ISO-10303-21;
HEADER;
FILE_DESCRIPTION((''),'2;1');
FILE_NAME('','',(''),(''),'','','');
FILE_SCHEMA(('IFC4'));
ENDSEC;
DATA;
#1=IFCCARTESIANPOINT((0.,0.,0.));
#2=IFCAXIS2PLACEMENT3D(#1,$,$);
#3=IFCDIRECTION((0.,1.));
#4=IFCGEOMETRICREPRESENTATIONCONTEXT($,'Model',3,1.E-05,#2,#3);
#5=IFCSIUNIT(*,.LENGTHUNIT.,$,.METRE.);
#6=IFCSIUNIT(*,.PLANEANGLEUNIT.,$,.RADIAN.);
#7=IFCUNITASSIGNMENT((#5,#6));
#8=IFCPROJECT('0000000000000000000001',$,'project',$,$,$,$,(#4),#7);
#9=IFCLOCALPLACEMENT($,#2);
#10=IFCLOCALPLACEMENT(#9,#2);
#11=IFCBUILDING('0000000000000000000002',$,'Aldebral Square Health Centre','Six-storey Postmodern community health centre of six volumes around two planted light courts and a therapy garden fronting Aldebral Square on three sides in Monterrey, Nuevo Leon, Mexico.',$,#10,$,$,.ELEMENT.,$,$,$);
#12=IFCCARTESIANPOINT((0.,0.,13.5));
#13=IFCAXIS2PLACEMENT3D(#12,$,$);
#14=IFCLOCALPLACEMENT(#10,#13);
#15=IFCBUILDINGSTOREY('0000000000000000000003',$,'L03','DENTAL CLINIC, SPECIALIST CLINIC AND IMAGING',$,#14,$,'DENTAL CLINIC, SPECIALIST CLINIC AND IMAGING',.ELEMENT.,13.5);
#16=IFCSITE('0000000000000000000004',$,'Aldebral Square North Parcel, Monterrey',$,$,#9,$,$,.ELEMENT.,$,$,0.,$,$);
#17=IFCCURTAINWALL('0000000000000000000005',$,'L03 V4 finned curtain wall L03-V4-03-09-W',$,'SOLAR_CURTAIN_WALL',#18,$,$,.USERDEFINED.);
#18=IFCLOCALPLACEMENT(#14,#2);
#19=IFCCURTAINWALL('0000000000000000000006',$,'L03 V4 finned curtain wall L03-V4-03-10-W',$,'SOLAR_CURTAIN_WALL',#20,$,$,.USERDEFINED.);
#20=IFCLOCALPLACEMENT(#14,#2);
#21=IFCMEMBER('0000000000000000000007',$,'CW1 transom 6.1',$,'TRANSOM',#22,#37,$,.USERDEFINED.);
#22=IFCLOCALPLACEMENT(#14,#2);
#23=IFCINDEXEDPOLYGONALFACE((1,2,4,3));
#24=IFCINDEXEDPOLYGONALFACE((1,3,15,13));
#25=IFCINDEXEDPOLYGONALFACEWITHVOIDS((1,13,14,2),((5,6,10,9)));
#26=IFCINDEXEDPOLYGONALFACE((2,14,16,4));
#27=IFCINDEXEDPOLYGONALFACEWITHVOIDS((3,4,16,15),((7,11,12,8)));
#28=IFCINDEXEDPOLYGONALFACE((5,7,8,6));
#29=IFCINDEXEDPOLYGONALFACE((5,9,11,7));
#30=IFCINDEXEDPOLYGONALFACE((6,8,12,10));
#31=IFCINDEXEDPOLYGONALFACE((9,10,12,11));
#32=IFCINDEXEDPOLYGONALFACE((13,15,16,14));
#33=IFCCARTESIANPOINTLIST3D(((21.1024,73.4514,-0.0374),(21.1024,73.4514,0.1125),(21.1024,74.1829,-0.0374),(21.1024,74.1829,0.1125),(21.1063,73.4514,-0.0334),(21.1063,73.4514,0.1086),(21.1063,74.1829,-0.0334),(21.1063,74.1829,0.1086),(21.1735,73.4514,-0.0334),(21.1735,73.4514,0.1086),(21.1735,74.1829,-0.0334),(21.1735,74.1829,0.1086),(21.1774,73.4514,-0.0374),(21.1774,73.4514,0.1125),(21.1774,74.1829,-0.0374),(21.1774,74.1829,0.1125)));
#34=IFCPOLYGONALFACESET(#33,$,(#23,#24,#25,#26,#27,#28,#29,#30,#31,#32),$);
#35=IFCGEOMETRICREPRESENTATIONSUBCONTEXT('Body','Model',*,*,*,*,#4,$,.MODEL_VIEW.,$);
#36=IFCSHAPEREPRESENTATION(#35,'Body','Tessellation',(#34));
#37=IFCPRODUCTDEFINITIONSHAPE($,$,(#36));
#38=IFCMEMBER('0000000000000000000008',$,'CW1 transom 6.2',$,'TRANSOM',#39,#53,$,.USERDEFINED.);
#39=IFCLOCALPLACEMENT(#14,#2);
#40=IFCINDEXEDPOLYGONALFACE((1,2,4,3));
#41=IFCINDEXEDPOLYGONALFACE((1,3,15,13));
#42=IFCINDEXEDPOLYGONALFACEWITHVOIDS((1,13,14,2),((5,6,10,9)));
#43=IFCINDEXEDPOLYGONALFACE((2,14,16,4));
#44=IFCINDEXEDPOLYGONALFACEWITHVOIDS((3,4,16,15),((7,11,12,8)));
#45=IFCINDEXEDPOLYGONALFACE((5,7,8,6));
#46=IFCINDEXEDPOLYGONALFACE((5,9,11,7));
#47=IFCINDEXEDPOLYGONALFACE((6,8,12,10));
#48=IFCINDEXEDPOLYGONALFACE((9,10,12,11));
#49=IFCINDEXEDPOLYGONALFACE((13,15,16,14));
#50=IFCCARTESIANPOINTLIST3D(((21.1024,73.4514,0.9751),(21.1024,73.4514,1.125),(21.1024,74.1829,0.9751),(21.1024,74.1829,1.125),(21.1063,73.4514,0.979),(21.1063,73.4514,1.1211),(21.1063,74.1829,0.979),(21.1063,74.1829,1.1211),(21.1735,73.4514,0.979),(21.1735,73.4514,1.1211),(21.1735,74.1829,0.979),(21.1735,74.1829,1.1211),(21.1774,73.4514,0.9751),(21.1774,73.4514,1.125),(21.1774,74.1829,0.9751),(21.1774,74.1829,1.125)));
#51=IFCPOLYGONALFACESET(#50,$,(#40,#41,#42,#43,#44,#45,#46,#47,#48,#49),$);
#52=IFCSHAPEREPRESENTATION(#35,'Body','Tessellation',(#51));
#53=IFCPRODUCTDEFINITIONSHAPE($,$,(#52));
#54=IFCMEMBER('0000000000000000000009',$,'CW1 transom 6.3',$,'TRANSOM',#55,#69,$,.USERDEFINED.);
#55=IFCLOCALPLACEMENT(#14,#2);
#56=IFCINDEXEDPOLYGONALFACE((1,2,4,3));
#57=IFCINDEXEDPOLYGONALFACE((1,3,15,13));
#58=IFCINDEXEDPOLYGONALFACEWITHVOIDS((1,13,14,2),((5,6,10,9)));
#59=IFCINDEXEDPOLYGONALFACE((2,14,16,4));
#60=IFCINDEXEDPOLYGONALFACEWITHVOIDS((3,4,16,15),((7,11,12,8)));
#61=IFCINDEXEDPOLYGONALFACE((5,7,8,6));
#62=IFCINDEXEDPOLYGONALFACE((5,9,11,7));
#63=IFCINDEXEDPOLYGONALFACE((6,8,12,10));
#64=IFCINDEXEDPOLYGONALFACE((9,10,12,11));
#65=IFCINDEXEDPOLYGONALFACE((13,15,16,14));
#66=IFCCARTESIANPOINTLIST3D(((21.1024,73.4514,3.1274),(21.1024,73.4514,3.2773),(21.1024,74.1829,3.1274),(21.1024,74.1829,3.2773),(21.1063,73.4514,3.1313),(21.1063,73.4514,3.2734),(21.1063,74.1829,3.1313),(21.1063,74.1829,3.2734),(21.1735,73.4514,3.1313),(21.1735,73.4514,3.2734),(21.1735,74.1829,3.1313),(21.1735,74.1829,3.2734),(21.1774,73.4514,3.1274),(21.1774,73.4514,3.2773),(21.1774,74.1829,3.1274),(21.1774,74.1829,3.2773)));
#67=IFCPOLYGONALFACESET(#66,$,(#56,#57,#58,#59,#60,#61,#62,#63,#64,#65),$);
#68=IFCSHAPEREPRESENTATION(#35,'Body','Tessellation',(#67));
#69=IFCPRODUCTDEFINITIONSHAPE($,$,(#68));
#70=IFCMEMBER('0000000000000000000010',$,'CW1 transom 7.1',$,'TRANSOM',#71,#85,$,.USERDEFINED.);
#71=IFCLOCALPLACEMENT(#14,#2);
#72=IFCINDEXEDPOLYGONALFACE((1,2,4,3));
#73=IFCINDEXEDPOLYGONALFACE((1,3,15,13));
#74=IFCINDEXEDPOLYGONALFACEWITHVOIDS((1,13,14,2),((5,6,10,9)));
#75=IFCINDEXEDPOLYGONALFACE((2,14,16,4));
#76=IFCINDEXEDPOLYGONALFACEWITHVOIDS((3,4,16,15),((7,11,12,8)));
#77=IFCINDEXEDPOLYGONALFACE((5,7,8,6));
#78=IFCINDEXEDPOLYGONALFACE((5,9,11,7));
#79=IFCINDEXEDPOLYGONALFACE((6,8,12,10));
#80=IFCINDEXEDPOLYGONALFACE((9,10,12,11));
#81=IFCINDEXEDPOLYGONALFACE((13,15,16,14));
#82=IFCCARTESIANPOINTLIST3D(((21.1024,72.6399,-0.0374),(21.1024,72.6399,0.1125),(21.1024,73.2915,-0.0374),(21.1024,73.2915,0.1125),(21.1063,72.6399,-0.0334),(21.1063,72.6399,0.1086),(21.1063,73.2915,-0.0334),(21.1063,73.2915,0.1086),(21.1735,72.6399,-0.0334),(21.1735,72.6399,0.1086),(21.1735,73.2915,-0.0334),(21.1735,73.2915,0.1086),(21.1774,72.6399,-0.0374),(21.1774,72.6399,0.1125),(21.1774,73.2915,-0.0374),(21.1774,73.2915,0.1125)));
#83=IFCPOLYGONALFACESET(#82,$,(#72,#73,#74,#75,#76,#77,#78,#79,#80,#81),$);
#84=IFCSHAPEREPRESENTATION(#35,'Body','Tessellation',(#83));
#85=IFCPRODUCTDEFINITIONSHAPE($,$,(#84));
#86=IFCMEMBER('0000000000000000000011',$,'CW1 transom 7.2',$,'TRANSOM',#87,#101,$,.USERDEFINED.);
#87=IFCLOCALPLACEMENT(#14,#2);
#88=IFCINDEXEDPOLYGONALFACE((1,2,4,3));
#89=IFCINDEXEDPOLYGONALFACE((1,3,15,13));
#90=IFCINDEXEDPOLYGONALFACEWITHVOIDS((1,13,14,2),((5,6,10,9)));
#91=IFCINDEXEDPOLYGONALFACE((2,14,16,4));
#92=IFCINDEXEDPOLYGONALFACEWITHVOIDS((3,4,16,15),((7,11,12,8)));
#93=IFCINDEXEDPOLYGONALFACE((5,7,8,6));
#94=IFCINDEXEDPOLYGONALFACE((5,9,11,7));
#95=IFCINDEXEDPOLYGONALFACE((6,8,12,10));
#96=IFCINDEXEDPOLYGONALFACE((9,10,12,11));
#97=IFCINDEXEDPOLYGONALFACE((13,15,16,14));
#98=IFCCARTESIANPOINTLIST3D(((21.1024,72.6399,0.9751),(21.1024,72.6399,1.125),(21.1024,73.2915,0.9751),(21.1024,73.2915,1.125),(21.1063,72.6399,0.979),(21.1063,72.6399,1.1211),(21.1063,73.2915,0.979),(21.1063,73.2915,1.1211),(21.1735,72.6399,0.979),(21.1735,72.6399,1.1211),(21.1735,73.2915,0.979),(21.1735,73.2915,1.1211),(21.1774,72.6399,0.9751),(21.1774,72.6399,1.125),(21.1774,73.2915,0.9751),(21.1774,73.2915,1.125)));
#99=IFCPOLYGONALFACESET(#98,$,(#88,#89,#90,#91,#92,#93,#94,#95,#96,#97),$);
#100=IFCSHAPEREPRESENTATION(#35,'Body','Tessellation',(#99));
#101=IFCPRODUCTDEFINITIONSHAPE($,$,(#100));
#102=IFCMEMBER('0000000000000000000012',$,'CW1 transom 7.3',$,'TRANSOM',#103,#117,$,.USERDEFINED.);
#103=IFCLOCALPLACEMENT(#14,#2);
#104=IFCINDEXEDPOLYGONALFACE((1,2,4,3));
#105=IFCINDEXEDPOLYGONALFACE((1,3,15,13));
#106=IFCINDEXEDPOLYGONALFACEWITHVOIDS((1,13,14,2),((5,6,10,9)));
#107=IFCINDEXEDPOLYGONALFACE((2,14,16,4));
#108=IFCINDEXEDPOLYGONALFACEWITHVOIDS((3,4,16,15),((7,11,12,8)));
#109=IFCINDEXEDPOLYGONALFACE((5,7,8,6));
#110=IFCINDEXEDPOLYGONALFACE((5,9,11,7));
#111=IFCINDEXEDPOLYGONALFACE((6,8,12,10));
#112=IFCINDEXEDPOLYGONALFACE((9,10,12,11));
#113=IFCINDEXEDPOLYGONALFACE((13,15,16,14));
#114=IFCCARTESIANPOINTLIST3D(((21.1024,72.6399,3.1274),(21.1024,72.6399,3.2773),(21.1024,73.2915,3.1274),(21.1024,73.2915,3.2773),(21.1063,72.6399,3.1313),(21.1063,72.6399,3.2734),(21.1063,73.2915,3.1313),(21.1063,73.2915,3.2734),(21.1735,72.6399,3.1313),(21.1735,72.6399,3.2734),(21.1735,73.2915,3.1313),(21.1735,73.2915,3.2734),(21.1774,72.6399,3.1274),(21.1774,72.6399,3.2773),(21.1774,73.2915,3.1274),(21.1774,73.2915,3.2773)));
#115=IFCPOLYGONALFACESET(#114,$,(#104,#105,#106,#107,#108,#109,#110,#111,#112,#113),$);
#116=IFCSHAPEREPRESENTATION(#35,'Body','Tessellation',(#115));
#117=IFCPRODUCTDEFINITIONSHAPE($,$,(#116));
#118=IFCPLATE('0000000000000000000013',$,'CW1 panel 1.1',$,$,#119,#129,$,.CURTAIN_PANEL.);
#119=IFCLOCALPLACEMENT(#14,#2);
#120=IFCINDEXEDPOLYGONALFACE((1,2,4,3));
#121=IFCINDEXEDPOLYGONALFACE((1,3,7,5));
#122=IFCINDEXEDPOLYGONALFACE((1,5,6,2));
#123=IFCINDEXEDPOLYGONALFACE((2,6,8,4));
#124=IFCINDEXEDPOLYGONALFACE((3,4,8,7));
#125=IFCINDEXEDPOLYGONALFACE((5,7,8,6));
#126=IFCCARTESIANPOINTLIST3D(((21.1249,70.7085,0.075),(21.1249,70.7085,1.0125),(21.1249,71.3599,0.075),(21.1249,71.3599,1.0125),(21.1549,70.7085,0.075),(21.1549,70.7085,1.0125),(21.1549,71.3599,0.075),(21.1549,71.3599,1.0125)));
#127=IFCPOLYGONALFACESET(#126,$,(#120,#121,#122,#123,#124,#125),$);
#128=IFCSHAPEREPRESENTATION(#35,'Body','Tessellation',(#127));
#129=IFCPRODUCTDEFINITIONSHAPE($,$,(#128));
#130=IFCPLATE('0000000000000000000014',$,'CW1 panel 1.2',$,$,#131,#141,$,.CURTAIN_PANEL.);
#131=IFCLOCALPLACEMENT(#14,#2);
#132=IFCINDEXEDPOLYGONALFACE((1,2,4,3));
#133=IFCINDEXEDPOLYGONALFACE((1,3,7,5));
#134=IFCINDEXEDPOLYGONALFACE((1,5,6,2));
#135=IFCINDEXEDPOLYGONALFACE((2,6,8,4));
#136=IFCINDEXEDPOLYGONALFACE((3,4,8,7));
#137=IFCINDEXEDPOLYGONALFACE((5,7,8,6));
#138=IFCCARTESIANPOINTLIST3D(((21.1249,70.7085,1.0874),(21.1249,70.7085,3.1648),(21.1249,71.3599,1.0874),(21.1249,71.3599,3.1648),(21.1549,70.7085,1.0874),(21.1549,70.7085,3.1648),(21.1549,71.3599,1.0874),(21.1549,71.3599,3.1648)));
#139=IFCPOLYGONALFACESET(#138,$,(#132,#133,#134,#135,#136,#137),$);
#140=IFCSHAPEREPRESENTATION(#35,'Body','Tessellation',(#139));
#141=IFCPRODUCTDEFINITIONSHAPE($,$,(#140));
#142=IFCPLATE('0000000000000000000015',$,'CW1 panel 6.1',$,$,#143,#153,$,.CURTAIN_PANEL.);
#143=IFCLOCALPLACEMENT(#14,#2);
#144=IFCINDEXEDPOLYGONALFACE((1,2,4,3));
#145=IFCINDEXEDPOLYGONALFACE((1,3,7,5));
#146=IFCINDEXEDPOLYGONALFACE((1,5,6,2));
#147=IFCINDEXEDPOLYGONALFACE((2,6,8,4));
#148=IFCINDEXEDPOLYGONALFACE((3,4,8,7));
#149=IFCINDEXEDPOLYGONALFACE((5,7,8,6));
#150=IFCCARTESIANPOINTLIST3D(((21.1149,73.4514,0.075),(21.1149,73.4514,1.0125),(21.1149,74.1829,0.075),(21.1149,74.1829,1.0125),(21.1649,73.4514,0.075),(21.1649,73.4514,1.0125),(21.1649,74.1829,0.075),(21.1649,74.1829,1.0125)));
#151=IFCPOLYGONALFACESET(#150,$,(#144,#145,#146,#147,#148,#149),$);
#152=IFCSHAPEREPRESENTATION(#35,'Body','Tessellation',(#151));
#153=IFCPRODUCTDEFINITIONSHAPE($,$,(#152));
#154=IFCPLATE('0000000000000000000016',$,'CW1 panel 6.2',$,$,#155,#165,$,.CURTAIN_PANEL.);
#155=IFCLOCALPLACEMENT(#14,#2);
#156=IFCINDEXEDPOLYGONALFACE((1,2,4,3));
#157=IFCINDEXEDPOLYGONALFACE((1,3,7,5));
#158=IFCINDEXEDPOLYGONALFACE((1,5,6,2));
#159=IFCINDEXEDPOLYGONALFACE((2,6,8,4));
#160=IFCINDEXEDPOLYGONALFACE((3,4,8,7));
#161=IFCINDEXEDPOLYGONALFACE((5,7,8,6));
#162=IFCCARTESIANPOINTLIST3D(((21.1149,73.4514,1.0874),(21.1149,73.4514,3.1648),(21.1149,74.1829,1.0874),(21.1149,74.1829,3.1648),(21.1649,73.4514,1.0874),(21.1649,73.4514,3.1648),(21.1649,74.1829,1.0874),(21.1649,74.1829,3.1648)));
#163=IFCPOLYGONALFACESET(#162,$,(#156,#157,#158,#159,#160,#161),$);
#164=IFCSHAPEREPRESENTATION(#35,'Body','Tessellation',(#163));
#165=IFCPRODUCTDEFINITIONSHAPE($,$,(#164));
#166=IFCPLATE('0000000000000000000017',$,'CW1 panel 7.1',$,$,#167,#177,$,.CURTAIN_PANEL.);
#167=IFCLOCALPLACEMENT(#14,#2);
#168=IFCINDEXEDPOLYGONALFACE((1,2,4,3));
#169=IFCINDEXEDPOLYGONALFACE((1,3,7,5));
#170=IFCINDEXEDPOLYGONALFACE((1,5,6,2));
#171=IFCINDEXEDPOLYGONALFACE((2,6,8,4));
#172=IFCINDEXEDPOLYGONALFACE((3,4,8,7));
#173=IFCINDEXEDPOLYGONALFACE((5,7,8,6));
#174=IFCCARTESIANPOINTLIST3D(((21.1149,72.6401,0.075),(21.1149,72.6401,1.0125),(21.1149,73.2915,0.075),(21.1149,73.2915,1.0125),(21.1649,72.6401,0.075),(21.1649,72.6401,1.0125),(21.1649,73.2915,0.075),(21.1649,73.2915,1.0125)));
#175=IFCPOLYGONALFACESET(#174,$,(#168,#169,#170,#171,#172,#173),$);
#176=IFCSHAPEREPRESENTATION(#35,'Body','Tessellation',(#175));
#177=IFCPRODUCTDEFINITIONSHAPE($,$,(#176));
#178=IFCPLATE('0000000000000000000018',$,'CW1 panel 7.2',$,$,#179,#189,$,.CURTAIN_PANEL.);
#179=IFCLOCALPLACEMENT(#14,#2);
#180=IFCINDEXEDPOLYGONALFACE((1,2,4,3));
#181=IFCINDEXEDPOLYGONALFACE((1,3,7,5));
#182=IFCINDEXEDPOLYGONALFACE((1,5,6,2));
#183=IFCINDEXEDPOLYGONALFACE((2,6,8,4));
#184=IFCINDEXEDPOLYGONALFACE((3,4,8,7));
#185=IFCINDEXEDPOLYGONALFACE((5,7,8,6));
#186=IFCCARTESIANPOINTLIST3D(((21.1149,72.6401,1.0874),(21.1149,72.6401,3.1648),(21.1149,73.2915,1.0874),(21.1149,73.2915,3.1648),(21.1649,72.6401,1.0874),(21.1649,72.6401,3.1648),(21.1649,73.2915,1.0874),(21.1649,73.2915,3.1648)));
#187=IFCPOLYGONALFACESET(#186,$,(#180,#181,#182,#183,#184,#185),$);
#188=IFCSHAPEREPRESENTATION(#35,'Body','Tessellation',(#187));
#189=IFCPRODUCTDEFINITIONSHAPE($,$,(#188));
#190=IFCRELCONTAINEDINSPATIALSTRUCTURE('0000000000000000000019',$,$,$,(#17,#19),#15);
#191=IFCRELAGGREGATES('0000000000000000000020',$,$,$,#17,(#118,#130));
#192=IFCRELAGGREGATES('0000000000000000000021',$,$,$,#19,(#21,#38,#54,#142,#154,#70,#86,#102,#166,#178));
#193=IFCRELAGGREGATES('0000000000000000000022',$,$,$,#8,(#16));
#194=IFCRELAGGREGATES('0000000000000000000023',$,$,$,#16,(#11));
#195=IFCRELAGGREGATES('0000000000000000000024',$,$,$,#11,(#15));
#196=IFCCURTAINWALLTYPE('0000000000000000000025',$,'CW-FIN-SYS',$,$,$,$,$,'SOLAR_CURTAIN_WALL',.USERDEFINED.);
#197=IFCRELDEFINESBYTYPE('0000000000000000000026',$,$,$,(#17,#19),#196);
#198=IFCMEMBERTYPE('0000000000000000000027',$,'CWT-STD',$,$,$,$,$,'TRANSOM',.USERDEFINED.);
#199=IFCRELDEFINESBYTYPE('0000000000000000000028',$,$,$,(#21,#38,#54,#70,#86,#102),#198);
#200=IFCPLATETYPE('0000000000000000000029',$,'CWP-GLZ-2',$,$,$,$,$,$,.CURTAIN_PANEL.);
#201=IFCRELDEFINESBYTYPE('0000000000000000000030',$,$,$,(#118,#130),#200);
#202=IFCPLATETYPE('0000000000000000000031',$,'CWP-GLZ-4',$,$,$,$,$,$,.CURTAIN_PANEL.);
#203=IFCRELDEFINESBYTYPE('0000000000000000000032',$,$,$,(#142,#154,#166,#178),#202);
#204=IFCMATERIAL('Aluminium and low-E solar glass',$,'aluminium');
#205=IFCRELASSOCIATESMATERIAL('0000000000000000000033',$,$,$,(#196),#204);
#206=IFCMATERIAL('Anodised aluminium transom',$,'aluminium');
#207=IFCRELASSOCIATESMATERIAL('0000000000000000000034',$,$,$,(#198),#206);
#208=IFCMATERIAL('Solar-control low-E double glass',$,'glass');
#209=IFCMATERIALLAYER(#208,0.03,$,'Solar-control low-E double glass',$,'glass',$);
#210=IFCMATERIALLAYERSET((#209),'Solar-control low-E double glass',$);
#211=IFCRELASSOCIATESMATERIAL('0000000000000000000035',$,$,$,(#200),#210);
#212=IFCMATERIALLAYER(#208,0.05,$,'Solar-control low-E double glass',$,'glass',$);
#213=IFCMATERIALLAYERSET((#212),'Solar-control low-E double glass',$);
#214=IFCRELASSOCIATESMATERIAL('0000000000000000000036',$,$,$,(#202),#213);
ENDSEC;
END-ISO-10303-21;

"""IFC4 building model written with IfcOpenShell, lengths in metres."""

from ifc_helpers import new_model, si_unit, direction, frame, origin, origin_2d, place, context, subcontext, project, spatial, rectangle, hollow_rectangle, extrude, material, layer, layer_set, material_profile, profile_set, type_object, element, aggregate, save


model = new_model("IFC4")

# Units and contexts
model_context = context("Model", 3, precision=1e-05, world=origin(), true_north=direction((0.0, 1.0)))
body_context = subcontext(model_context, "Body", "Model", "MODEL_VIEW")
ifc_project = project(units=[si_unit("LENGTHUNIT", "METRE"), si_unit("PLANEANGLEUNIT", "RADIAN")], contexts=[model_context])

# Site, building, storey
site_placement = place(None, origin())
site = spatial("IfcSite", under=ifc_project, at=site_placement, Name="Aldebral Square North Parcel, Monterrey", CompositionType="ELEMENT", RefElevation=0.0)
building_placement = place(site_placement, origin())
building = spatial("IfcBuilding", under=site, at=building_placement, Name="Aldebral Square Health Centre", Description="Six-storey Postmodern community health centre of six volumes around two planted light courts and a therapy garden fronting Aldebral Square on three sides in Monterrey, Nuevo Leon, Mexico.", CompositionType="ELEMENT")
storey_placement = place(building_placement, frame((0.0, 0.0, 13.5)))
storey = spatial("IfcBuildingStorey", under=building, at=storey_placement, Name="L03", Description="DENTAL CLINIC, SPECIALIST CLINIC AND IMAGING", LongName="DENTAL CLINIC, SPECIALIST CLINIC AND IMAGING", CompositionType="ELEMENT", Elevation=13.5)

# Curtain walls
ifc_material_1 = material(Name="Aluminium and low-E solar glass", Category="aluminium")
curtain_wall_type = type_object("IfcCurtainWallType", Name="CW-FIN-SYS", ElementType="SOLAR_CURTAIN_WALL", PredefinedType="USERDEFINED", material=ifc_material_1)
curtain_wall_1_placement = place(storey_placement, origin())
curtain_wall_1 = element("IfcCurtainWall", 1, at=curtain_wall_1_placement, inside=storey, type_object=curtain_wall_type, Name="L03 V4 finned curtain wall L03-V4-03-09-W", ObjectType="SOLAR_CURTAIN_WALL", PredefinedType="USERDEFINED")
curtain_wall_2_placement = place(storey_placement, origin())
curtain_wall_2 = element("IfcCurtainWall", 2, at=curtain_wall_2_placement, inside=storey, type_object=curtain_wall_type, Name="L03 V4 finned curtain wall L03-V4-03-10-W", ObjectType="SOLAR_CURTAIN_WALL", PredefinedType="USERDEFINED")

# Members
ifc_material_2 = material(Name="Anodised aluminium transom", Category="aluminium")
ifc_material_profile_1 = material_profile(ifc_material_2, hollow_rectangle(XDim=0.075, YDim=0.1499, WallThickness=0.0039, at=origin_2d()), Name="CWT 75x150x4")
ifc_profile_set_1 = profile_set([ifc_material_profile_1], Name="Anodised aluminium transom")
member_type_1 = type_object("IfcMemberType", Name="CWT-STD", ElementType="TRANSOM", PredefinedType="USERDEFINED", material=ifc_profile_set_1)
member_1_placement = place(storey_placement, frame((21.1399, 74.1829, 0.0376), z_axis=(0.0, -1.0, 0.0), x_axis=(1.0, 0.0, 0.0)))
member_1 = element("IfcMember", 3, at=member_1_placement, type_object=member_type_1, Name="CW1 transom 6.1", ObjectType="TRANSOM", PredefinedType="USERDEFINED", context=body_context, shape_type="SweptSolid", body=[
    extrude(hollow_rectangle(XDim=0.075, YDim=0.1499, WallThickness=0.0039, at=origin_2d()), origin(), (0.0, 0.0, 1.0), 0.7314),
])
member_2_placement = place(storey_placement, frame((21.1399, 74.1829, 1.05), z_axis=(0.0, -1.0, 0.0), x_axis=(1.0, 0.0, 0.0)))
member_2 = element("IfcMember", 4, at=member_2_placement, type_object=member_type_1, Name="CW1 transom 6.2", ObjectType="TRANSOM", PredefinedType="USERDEFINED", context=body_context, shape_type="SweptSolid", body=[
    extrude(hollow_rectangle(XDim=0.075, YDim=0.1499, WallThickness=0.0039, at=origin_2d()), origin(), (0.0, 0.0, 1.0), 0.7314),
])
member_3_placement = place(storey_placement, frame((21.1399, 74.1829, 3.2024), z_axis=(0.0, -1.0, 0.0), x_axis=(1.0, 0.0, 0.0)))
member_3 = element("IfcMember", 5, at=member_3_placement, type_object=member_type_1, Name="CW1 transom 6.3", ObjectType="TRANSOM", PredefinedType="USERDEFINED", context=body_context, shape_type="SweptSolid", body=[
    extrude(hollow_rectangle(XDim=0.075, YDim=0.1499, WallThickness=0.0039, at=origin_2d()), origin(), (0.0, 0.0, 1.0), 0.7314),
])
member_4_placement = place(storey_placement, frame((21.1399, 73.2915, 0.0376), z_axis=(0.0, -1.0, 0.0), x_axis=(1.0, 0.0, 0.0)))
member_4 = element("IfcMember", 6, at=member_4_placement, type_object=member_type_1, Name="CW1 transom 7.1", ObjectType="TRANSOM", PredefinedType="USERDEFINED", context=body_context, shape_type="SweptSolid", body=[
    extrude(hollow_rectangle(XDim=0.075, YDim=0.1499, WallThickness=0.0039, at=origin_2d()), origin(), (0.0, 0.0, 1.0), 0.6516),
])
member_5_placement = place(storey_placement, frame((21.1399, 73.2915, 1.05), z_axis=(0.0, -1.0, 0.0), x_axis=(1.0, 0.0, 0.0)))
member_5 = element("IfcMember", 7, at=member_5_placement, type_object=member_type_1, Name="CW1 transom 7.2", ObjectType="TRANSOM", PredefinedType="USERDEFINED", context=body_context, shape_type="SweptSolid", body=[
    extrude(hollow_rectangle(XDim=0.075, YDim=0.1499, WallThickness=0.0039, at=origin_2d()), origin(), (0.0, 0.0, 1.0), 0.6516),
])
member_6_placement = place(storey_placement, frame((21.1399, 73.2915, 3.2024), z_axis=(0.0, -1.0, 0.0), x_axis=(1.0, 0.0, 0.0)))
member_6 = element("IfcMember", 8, at=member_6_placement, type_object=member_type_1, Name="CW1 transom 7.3", ObjectType="TRANSOM", PredefinedType="USERDEFINED", context=body_context, shape_type="SweptSolid", body=[
    extrude(hollow_rectangle(XDim=0.075, YDim=0.1499, WallThickness=0.0039, at=origin_2d()), origin(), (0.0, 0.0, 1.0), 0.6516),
])

# Plates
ifc_material_3 = material(Name="Solar-control low-E double glass", Category="glass")
ifc_layer_1 = layer(ifc_material_3, 0.03, Name="Solar-control low-E double glass", Category="glass")
ifc_layer_set_1 = layer_set([ifc_layer_1], Name="Solar-control low-E double glass")
plate_type_1 = type_object("IfcPlateType", Name="CWP-GLZ-2", PredefinedType="CURTAIN_PANEL", material=ifc_layer_set_1)
plate_1_placement = place(storey_placement, frame((21.1399, 71.0342, 0.075), z_axis=(0.0, 0.0, 1.0), x_axis=(0.0, -1.0, 0.0)))
plate_1 = element("IfcPlate", 9, at=plate_1_placement, type_object=plate_type_1, Name="CW1 panel 1.1", PredefinedType="CURTAIN_PANEL", context=body_context, shape_type="SweptSolid", body=[
    extrude(rectangle(XDim=0.6514, YDim=0.03, at=origin_2d()), origin(), (0.0, 0.0, 1.0), 0.9375),
])
plate_2_placement = place(storey_placement, frame((21.1399, 71.0342, 1.0874), z_axis=(0.0, 0.0, 1.0), x_axis=(0.0, -1.0, 0.0)))
plate_2 = element("IfcPlate", 10, at=plate_2_placement, type_object=plate_type_1, Name="CW1 panel 1.2", PredefinedType="CURTAIN_PANEL", context=body_context, shape_type="SweptSolid", body=[
    extrude(rectangle(XDim=0.6514, YDim=0.03, at=origin_2d()), origin(), (0.0, 0.0, 1.0), 2.0774),
])
aggregate(curtain_wall_1, [plate_1, plate_2])
ifc_layer_2 = layer(ifc_material_3, 0.05, Name="Solar-control low-E double glass", Category="glass")
ifc_layer_set_2 = layer_set([ifc_layer_2], Name="Solar-control low-E double glass")
plate_type_2 = type_object("IfcPlateType", Name="CWP-GLZ-4", PredefinedType="CURTAIN_PANEL", material=ifc_layer_set_2)
plate_3_placement = place(storey_placement, frame((21.1399, 73.8171, 0.075), z_axis=(0.0, 0.0, 1.0), x_axis=(0.0, -1.0, 0.0)))
plate_3 = element("IfcPlate", 11, at=plate_3_placement, type_object=plate_type_2, Name="CW1 panel 6.1", PredefinedType="CURTAIN_PANEL", context=body_context, shape_type="SweptSolid", body=[
    extrude(rectangle(XDim=0.7314, YDim=0.05, at=origin_2d()), origin(), (0.0, 0.0, 1.0), 0.9375),
])
plate_4_placement = place(storey_placement, frame((21.1399, 73.8171, 1.0874), z_axis=(0.0, 0.0, 1.0), x_axis=(0.0, -1.0, 0.0)))
plate_4 = element("IfcPlate", 12, at=plate_4_placement, type_object=plate_type_2, Name="CW1 panel 6.2", PredefinedType="CURTAIN_PANEL", context=body_context, shape_type="SweptSolid", body=[
    extrude(rectangle(XDim=0.7314, YDim=0.05, at=origin_2d()), origin(), (0.0, 0.0, 1.0), 2.0774),
])
plate_5_placement = place(storey_placement, frame((21.1399, 72.9658, 0.075), z_axis=(0.0, 0.0, 1.0), x_axis=(0.0, -1.0, 0.0)))
plate_5 = element("IfcPlate", 13, at=plate_5_placement, type_object=plate_type_2, Name="CW1 panel 7.1", PredefinedType="CURTAIN_PANEL", context=body_context, shape_type="SweptSolid", body=[
    extrude(rectangle(XDim=0.6514, YDim=0.05, at=origin_2d()), origin(), (0.0, 0.0, 1.0), 0.9375),
])
plate_6_placement = place(storey_placement, frame((21.1399, 72.9658, 1.0874), z_axis=(0.0, 0.0, 1.0), x_axis=(0.0, -1.0, 0.0)))
plate_6 = element("IfcPlate", 14, at=plate_6_placement, type_object=plate_type_2, Name="CW1 panel 7.2", PredefinedType="CURTAIN_PANEL", context=body_context, shape_type="SweptSolid", body=[
    extrude(rectangle(XDim=0.6514, YDim=0.05, at=origin_2d()), origin(), (0.0, 0.0, 1.0), 2.0774),
])
aggregate(curtain_wall_2, [member_1, member_2, member_3, plate_3, plate_4, member_4, member_5, member_6, plate_5, plate_6])

save(model, "model.ifc")
